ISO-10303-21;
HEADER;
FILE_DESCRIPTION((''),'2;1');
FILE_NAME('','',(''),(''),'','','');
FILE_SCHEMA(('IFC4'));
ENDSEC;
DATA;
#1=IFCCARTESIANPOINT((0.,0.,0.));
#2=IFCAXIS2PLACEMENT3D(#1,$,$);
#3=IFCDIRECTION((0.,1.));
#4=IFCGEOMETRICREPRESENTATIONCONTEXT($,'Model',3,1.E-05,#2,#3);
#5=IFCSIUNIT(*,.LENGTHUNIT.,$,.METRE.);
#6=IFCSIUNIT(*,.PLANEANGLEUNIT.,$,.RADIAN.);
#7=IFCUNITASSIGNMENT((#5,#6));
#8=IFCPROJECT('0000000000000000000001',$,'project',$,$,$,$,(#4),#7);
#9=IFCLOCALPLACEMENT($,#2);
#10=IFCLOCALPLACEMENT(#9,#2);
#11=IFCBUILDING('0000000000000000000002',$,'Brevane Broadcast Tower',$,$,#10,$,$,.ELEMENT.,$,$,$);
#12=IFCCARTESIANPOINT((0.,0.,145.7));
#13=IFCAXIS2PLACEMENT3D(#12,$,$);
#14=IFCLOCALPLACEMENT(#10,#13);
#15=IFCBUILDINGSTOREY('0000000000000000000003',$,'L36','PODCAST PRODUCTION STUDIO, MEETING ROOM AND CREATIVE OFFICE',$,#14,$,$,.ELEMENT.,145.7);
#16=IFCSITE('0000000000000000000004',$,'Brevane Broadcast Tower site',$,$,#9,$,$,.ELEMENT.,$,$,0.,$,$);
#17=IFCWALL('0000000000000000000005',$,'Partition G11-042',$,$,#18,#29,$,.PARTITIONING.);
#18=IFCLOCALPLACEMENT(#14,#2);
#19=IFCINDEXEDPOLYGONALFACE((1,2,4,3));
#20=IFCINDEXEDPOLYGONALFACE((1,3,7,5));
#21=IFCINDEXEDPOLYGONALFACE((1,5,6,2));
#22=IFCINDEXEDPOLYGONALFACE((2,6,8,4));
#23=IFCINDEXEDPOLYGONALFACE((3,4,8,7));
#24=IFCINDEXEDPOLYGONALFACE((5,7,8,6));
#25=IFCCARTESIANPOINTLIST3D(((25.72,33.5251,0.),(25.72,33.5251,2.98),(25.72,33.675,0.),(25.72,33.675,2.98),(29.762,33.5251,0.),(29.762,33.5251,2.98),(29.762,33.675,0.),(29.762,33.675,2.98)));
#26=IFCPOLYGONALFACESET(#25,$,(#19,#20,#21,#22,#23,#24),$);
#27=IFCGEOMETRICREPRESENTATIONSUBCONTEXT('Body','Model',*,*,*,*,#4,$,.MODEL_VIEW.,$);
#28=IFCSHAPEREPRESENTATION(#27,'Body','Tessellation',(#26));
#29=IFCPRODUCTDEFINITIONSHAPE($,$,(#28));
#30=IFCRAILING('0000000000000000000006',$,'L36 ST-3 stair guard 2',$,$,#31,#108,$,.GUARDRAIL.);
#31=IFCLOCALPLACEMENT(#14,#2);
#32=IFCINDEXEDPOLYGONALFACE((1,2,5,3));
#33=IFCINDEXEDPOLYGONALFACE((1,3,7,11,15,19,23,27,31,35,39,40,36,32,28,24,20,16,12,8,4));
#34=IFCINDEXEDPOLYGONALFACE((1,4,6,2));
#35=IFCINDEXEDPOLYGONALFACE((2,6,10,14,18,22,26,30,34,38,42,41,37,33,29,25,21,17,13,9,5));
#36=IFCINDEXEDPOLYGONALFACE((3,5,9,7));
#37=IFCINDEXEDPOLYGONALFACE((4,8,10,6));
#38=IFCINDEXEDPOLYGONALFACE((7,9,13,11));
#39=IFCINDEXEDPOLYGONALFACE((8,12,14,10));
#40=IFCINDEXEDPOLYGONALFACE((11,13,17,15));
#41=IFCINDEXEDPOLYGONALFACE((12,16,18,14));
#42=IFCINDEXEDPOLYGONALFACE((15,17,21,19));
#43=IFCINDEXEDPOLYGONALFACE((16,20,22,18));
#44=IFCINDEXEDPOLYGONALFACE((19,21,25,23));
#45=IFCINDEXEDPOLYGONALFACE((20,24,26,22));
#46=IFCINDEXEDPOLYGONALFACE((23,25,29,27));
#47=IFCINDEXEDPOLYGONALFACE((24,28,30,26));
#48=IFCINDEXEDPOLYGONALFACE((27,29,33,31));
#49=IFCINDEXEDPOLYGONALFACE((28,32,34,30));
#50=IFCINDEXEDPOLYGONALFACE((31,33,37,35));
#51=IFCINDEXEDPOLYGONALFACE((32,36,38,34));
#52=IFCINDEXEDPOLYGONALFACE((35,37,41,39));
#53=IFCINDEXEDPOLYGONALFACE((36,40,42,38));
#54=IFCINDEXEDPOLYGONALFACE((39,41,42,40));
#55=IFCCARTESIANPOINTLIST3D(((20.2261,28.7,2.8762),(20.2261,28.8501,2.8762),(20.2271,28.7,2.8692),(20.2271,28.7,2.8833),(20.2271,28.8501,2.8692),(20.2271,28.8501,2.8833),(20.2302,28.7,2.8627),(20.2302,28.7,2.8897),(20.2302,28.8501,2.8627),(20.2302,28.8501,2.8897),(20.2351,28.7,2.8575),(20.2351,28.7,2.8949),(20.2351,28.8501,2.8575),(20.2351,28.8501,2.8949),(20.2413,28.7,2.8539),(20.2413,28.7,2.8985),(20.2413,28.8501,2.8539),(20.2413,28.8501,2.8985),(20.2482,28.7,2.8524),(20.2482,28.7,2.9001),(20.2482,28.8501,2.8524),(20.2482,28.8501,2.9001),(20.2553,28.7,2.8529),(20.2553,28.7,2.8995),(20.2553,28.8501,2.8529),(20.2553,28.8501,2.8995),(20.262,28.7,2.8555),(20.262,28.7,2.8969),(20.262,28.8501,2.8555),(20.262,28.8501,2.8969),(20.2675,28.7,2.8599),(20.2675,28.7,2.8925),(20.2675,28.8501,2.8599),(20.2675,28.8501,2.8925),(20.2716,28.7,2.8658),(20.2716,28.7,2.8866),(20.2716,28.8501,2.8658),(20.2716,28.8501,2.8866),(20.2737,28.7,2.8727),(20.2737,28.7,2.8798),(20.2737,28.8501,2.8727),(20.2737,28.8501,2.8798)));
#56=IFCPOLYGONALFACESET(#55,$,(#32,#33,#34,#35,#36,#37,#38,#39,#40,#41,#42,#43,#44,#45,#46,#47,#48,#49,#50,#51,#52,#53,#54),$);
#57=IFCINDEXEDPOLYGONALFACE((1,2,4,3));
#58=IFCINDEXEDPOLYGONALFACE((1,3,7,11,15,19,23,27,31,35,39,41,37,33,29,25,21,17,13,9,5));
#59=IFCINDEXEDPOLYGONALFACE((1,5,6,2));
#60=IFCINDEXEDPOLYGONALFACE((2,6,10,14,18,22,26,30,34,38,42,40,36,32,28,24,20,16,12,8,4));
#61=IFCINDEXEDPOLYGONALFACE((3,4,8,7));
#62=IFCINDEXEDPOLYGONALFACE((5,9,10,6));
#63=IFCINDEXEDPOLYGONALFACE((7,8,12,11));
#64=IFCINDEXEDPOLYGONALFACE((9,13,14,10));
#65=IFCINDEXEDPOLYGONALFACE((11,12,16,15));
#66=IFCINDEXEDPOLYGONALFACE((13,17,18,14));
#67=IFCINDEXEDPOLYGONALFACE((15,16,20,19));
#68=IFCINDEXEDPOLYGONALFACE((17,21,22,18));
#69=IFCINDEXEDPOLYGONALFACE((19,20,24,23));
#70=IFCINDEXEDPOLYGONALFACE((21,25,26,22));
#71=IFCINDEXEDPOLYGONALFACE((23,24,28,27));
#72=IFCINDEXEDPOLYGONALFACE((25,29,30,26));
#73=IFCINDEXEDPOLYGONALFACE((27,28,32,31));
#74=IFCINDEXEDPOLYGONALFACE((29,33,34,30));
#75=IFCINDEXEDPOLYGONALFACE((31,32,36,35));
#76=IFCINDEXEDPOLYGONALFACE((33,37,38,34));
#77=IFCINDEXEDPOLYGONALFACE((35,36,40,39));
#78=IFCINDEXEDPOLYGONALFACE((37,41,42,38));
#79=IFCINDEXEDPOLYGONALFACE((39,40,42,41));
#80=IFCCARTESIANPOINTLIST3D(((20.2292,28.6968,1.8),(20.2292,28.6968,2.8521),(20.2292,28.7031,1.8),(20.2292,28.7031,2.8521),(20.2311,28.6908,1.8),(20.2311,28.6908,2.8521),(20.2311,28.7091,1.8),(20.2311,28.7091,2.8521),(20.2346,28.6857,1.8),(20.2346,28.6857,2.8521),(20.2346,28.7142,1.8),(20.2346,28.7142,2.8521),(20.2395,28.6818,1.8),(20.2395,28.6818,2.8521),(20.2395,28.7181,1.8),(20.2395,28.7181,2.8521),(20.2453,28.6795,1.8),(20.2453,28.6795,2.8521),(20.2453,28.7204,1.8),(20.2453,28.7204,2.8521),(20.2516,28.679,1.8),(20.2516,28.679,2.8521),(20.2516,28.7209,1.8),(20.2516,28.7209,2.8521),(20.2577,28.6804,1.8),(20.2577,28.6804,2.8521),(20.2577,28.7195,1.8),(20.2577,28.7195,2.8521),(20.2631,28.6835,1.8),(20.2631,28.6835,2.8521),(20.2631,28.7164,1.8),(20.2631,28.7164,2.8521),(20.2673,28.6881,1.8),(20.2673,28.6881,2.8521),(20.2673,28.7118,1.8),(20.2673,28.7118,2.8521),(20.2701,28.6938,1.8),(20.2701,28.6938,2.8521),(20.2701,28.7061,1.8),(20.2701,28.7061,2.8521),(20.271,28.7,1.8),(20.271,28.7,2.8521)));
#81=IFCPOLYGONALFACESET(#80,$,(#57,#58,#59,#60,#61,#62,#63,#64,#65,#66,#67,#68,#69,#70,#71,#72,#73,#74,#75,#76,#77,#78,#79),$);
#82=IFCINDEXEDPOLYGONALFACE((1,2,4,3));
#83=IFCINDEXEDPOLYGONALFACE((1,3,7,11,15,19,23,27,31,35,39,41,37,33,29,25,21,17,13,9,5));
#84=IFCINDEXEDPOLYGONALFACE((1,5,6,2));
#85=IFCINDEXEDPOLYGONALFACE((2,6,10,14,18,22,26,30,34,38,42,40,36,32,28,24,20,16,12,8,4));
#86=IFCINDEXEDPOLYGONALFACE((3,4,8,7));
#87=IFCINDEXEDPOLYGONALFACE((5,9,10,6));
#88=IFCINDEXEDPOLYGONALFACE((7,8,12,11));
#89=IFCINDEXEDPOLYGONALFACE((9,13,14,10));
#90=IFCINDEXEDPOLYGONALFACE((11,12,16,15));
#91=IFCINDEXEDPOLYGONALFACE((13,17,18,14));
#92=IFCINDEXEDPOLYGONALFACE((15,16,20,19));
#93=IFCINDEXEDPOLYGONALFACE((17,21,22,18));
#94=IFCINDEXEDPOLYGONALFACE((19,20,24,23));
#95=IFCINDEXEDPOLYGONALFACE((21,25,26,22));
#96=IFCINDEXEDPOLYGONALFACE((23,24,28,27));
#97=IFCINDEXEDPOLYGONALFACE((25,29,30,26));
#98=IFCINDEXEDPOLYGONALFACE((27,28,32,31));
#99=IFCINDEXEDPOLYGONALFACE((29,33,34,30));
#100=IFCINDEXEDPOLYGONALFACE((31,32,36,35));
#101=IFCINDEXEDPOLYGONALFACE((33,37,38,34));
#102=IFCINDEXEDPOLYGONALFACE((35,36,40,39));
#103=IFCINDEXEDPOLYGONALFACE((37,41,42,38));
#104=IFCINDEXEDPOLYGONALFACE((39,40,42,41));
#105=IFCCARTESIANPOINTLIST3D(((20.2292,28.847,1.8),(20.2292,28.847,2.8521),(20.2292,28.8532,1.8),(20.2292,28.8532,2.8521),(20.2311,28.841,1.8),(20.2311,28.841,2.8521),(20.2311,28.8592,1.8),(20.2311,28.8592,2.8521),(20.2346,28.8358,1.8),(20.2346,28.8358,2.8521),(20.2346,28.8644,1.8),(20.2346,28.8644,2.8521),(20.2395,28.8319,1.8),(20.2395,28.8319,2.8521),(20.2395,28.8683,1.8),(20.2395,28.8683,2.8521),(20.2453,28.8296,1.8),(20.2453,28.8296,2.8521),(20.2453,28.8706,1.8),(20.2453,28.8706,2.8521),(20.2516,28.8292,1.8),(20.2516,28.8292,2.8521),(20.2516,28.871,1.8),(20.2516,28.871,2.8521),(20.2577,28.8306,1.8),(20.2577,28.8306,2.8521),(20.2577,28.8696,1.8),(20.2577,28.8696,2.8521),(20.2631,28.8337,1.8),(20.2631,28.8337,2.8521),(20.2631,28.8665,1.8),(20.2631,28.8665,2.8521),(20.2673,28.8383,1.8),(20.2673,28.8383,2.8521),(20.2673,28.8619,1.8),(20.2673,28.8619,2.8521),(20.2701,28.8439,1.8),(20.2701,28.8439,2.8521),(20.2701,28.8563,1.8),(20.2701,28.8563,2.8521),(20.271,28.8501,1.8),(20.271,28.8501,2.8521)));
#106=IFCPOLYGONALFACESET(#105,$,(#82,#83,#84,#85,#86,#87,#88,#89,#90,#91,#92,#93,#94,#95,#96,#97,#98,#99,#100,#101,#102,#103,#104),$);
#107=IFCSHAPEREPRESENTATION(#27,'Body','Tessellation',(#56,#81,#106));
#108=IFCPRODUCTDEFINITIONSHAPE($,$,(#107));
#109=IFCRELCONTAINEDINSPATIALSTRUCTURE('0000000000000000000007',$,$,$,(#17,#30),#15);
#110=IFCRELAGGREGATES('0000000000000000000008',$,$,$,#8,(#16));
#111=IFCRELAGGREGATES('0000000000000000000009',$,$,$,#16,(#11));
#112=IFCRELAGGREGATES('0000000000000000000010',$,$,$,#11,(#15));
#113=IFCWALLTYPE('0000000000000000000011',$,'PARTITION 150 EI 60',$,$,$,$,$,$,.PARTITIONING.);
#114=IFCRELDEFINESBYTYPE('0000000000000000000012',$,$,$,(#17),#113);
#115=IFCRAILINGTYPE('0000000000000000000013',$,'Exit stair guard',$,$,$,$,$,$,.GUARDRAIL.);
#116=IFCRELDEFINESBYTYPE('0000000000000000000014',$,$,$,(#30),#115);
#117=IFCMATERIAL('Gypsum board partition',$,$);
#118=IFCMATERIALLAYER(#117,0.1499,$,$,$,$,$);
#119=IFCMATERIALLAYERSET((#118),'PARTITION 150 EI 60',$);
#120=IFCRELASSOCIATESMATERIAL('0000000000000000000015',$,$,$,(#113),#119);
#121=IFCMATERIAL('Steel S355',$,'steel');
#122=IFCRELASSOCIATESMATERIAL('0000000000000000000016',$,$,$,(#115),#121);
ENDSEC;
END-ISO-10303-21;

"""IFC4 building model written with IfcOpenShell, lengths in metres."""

from ifc_helpers import new_model, si_unit, direction, frame, frame_2d, origin, origin_2d, place, context, subcontext, project, spatial, rectangle, circle, extrude, material, layer, layer_set, type_object, element, save


model = new_model("IFC4")

# Units and contexts
model_context = context("Model", 3, precision=1e-05, world=origin(), true_north=direction((0.0, 1.0)))
body_context = subcontext(model_context, "Body", "Model", "MODEL_VIEW")
ifc_project = project(units=[si_unit("LENGTHUNIT", "METRE"), si_unit("PLANEANGLEUNIT", "RADIAN")], contexts=[model_context])

# Site, building, storey
site_placement = place(None, origin())
site = spatial("IfcSite", under=ifc_project, at=site_placement, Name="Brevane Broadcast Tower site", CompositionType="ELEMENT", RefElevation=0.0)
building_placement = place(site_placement, origin())
building = spatial("IfcBuilding", under=site, at=building_placement, Name="Brevane Broadcast Tower", CompositionType="ELEMENT")
storey_placement = place(building_placement, frame((0.0, 0.0, 145.7)))
storey = spatial("IfcBuildingStorey", under=building, at=storey_placement, Name="L36", Description="PODCAST PRODUCTION STUDIO, MEETING ROOM AND CREATIVE OFFICE", CompositionType="ELEMENT", Elevation=145.7)

# Shared definitions
ifc_material_1 = material(Name="Gypsum board partition")

# Shared definitions
ifc_layer_1 = layer(ifc_material_1, 0.1499)
ifc_layer_set_1 = layer_set([ifc_layer_1], Name="PARTITION 150 EI 60")
wall_type_1 = type_object("IfcWallType", Name="PARTITION 150 EI 60", PredefinedType="PARTITIONING", material=ifc_layer_set_1)

# Wall
wall_1_placement = place(storey_placement, frame((25.72, 33.6001, 0.0), z_axis=(0.0, 0.0, 1.0), x_axis=(1.0, 0.0, 0.0)))
element("IfcWall", 1, at=wall_1_placement, inside=storey, type_object=wall_type_1, Name="Partition G11-042", PredefinedType="PARTITIONING", context=body_context, shape_type="SweptSolid", body=[
    extrude(rectangle(XDim=4.042, YDim=0.1499, at=frame_2d((2.021, 0.0))), origin(), (0.0, 0.0, 1.0), 2.98),
])

# Railing
ifc_material_2 = material(Name="Steel S355", Category="steel")
railing_type = type_object("IfcRailingType", Name="Exit stair guard", PredefinedType="GUARDRAIL", material=ifc_material_2)
railing_placement = place(storey_placement, frame((20.25, 28.7, 1.8)))
element("IfcRailing", 2, at=railing_placement, inside=storey, type_object=railing_type, Name="L36 ST-3 stair guard 2", PredefinedType="GUARDRAIL", context=body_context, shape_type="SweptSolid", body=[
    extrude(circle(Radius=0.0239, at=origin_2d()), frame((0.0, 0.0, 1.0762), z_axis=(0.0, 1.0, 0.0), x_axis=(-1.0, 0.0, 0.0)), (0.0, 0.0, 1.0), 0.1501),
    extrude(circle(Radius=0.021, at=origin_2d()), origin(), (0.0, 0.0, 1.0), 1.052),
    extrude(circle(Radius=0.021, at=origin_2d()), frame((0.0, 0.1501, 0.0)), (0.0, 0.0, 1.0), 1.052),
])

save(model, "model.ifc")
